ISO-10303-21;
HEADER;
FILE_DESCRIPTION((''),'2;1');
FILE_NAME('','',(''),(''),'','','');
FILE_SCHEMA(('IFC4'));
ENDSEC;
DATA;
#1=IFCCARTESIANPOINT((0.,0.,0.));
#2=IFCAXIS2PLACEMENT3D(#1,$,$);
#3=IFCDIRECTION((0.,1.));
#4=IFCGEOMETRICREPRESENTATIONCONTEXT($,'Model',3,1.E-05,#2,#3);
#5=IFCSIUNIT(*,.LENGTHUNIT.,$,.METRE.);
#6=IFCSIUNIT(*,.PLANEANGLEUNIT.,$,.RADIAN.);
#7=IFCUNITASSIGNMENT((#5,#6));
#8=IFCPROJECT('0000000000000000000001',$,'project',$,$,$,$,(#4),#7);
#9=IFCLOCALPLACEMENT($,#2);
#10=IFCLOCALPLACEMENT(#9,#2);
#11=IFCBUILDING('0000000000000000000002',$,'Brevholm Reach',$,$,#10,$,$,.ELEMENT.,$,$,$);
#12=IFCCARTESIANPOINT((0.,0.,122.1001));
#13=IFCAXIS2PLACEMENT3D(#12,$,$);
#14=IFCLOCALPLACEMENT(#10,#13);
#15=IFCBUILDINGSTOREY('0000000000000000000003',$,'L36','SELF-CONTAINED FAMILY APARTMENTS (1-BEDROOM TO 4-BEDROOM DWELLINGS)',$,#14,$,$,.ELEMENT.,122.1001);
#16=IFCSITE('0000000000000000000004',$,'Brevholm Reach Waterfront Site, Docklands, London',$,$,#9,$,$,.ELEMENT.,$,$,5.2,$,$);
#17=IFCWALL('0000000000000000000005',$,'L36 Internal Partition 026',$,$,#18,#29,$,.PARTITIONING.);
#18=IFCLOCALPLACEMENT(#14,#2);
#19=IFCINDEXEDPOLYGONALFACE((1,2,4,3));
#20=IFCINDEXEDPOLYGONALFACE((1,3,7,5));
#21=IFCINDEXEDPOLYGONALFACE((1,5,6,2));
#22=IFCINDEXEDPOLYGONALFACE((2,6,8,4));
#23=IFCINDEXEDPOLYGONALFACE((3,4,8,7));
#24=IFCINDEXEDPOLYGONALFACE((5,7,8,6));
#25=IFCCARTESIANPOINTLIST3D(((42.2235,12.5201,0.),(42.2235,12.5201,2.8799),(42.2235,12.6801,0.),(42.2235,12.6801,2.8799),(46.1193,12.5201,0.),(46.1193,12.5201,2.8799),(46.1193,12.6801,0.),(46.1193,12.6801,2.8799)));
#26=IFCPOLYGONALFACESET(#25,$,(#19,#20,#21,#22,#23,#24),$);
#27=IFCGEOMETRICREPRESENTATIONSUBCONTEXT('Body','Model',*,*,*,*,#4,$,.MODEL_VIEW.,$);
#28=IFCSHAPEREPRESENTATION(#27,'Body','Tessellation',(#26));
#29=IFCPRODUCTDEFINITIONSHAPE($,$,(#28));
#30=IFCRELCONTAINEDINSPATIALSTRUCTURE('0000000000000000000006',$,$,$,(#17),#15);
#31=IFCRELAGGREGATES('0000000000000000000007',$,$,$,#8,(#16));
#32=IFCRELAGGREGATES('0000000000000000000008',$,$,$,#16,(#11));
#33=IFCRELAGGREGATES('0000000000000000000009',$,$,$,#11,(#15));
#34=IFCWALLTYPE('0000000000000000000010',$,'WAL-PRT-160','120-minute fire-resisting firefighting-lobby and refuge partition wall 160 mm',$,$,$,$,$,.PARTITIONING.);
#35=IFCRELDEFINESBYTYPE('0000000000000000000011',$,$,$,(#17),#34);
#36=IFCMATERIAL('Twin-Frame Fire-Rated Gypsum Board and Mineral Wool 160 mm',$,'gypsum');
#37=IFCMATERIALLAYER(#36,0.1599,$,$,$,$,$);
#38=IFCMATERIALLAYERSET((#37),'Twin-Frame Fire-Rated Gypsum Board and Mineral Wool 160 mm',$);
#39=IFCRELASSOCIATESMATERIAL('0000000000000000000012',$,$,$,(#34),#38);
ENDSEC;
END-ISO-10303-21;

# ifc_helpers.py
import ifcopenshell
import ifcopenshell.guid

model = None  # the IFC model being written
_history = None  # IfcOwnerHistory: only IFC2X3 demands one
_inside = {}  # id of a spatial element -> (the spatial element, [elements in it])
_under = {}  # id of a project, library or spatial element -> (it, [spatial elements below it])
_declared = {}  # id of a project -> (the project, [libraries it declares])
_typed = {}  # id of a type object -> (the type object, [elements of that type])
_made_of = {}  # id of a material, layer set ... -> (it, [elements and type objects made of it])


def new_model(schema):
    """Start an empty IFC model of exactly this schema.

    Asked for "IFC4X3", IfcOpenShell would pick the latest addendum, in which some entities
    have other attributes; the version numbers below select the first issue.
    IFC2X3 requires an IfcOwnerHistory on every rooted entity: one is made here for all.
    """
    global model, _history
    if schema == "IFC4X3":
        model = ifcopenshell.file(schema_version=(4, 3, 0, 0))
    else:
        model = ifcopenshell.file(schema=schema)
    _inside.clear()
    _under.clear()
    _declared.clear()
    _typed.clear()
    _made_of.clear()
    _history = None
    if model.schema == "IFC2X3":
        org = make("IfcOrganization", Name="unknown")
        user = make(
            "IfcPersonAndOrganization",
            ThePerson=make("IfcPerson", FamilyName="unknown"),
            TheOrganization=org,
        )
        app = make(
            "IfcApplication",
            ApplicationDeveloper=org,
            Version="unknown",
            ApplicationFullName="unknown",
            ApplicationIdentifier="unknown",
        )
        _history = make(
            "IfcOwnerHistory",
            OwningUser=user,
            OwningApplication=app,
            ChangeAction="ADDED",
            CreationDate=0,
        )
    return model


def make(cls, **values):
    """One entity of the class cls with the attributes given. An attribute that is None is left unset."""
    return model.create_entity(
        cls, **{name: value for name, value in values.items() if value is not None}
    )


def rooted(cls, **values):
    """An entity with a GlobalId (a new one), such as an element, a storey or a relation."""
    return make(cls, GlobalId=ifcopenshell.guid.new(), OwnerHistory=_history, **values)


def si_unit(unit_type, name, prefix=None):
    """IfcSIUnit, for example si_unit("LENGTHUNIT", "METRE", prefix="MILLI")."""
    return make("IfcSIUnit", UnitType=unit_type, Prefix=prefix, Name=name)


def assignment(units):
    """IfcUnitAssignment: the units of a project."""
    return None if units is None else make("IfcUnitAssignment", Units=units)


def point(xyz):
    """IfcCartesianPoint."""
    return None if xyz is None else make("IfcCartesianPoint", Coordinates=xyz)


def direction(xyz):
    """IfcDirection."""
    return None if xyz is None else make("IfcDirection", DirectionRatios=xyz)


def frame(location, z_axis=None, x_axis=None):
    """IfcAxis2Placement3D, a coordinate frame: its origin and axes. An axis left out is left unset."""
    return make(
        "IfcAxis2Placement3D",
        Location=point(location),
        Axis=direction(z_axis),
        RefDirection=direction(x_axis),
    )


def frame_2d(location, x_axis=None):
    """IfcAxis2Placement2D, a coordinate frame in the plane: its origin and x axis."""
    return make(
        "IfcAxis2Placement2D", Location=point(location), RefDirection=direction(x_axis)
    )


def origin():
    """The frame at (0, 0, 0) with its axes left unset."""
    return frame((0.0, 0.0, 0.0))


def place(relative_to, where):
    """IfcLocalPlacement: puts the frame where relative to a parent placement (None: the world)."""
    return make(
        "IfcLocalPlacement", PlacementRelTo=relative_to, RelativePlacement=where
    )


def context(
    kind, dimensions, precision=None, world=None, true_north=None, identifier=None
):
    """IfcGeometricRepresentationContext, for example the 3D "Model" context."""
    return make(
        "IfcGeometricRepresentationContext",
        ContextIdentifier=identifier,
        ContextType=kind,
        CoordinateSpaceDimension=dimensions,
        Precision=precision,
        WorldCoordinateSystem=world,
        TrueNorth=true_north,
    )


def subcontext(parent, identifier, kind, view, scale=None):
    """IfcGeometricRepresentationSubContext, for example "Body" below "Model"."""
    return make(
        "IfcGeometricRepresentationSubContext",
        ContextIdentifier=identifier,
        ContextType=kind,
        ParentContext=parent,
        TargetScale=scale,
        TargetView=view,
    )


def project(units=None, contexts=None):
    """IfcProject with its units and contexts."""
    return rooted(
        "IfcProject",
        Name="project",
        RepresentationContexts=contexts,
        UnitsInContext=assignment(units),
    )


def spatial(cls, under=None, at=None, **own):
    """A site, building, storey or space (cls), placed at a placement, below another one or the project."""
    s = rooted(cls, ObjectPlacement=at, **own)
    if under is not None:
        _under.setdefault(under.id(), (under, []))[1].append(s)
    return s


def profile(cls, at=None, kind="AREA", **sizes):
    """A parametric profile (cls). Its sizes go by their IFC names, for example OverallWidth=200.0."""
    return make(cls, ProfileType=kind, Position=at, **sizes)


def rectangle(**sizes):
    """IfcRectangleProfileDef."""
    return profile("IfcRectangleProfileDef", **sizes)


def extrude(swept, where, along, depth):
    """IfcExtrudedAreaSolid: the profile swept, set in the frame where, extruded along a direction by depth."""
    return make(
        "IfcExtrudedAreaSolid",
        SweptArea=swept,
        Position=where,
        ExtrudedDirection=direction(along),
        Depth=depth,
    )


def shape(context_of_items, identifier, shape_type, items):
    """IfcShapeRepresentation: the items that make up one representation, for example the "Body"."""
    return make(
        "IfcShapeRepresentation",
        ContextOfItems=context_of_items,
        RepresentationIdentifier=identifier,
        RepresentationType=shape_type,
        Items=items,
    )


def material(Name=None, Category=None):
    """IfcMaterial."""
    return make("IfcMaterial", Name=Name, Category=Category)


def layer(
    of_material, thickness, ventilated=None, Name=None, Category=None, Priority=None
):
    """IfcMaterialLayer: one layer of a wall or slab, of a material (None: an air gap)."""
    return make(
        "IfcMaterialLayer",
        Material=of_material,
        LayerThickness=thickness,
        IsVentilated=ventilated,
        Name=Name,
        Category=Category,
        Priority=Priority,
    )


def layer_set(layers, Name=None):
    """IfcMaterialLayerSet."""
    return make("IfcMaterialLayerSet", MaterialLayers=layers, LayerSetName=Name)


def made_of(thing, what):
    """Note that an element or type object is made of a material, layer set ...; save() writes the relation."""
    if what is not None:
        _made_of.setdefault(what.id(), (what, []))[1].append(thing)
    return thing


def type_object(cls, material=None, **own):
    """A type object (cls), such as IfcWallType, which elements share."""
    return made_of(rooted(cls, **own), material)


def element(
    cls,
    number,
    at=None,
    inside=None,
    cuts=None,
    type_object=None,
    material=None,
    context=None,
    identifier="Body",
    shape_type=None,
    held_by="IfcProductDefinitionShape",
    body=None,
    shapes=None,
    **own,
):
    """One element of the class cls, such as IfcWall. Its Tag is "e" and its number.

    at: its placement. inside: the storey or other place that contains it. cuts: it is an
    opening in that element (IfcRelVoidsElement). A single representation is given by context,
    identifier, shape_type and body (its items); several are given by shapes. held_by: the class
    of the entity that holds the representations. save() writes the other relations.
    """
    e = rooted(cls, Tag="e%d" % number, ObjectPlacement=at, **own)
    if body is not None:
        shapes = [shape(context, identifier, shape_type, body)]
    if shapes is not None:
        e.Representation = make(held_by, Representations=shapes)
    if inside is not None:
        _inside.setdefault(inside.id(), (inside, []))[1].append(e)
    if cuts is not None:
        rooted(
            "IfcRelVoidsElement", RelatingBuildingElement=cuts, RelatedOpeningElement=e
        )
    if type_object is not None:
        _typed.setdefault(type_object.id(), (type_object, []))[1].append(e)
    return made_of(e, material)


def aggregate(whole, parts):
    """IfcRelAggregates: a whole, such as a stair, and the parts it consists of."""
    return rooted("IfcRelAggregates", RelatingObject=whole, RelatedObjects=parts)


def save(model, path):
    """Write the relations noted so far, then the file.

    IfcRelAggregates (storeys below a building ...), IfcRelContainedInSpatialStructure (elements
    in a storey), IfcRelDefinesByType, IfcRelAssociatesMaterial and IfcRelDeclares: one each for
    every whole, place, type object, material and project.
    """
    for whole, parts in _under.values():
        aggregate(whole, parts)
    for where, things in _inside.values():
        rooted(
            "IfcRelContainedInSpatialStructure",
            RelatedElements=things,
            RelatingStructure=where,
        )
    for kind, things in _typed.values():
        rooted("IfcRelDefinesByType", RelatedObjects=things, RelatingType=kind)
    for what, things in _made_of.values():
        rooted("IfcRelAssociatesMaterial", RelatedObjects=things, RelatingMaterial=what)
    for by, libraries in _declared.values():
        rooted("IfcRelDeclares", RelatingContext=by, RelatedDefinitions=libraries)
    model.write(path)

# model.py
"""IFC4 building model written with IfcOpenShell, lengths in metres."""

from ifc_helpers import new_model, si_unit, direction, frame, frame_2d, origin, place, context, subcontext, project, spatial, rectangle, extrude, material, layer, layer_set, type_object, element, save


model = new_model("IFC4")

# Units and contexts
model_context = context("Model", 3, precision=1e-05, world=origin(), true_north=direction((0.0, 1.0)))
body_context = subcontext(model_context, "Body", "Model", "MODEL_VIEW")
ifc_project = project(units=[si_unit("LENGTHUNIT", "METRE"), si_unit("PLANEANGLEUNIT", "RADIAN")], contexts=[model_context])

# Site, building, storey
site_placement = place(None, origin())
site = spatial("IfcSite", under=ifc_project, at=site_placement, Name="Brevholm Reach Waterfront Site, Docklands, London", CompositionType="ELEMENT", RefElevation=5.2)
building_placement = place(site_placement, origin())
building = spatial("IfcBuilding", under=site, at=building_placement, Name="Brevholm Reach", CompositionType="ELEMENT")
storey_placement = place(building_placement, frame((0.0, 0.0, 122.1001)))
storey = spatial("IfcBuildingStorey", under=building, at=storey_placement, Name="L36", Description="SELF-CONTAINED FAMILY APARTMENTS (1-BEDROOM TO 4-BEDROOM DWELLINGS)", CompositionType="ELEMENT", Elevation=122.1001)

# Shared definitions
ifc_material_1 = material(Name="Twin-Frame Fire-Rated Gypsum Board and Mineral Wool 160 mm", Category="gypsum")
ifc_layer_1 = layer(ifc_material_1, 0.1599)
ifc_layer_set_1 = layer_set([ifc_layer_1], Name="Twin-Frame Fire-Rated Gypsum Board and Mineral Wool 160 mm")
wall_type_1 = type_object("IfcWallType", Name="WAL-PRT-160", Description="120-minute fire-resisting firefighting-lobby and refuge partition wall 160 mm", PredefinedType="PARTITIONING", material=ifc_layer_set_1)

# Wall
wall_1_placement = place(storey_placement, frame((42.2236, 12.6001, 0.0), z_axis=(0.0, 0.0, 1.0), x_axis=(1.0, 0.0, 0.0)))
element("IfcWall", 1, at=wall_1_placement, inside=storey, type_object=wall_type_1, Name="L36 Internal Partition 026", PredefinedType="PARTITIONING", context=body_context, shape_type="SweptSolid", body=[
    extrude(rectangle(XDim=3.8958, YDim=0.1599, at=frame_2d((1.9478, 0.0))), origin(), (0.0, 0.0, 1.0), 2.8799),
])

save(model, "model.ifc")
